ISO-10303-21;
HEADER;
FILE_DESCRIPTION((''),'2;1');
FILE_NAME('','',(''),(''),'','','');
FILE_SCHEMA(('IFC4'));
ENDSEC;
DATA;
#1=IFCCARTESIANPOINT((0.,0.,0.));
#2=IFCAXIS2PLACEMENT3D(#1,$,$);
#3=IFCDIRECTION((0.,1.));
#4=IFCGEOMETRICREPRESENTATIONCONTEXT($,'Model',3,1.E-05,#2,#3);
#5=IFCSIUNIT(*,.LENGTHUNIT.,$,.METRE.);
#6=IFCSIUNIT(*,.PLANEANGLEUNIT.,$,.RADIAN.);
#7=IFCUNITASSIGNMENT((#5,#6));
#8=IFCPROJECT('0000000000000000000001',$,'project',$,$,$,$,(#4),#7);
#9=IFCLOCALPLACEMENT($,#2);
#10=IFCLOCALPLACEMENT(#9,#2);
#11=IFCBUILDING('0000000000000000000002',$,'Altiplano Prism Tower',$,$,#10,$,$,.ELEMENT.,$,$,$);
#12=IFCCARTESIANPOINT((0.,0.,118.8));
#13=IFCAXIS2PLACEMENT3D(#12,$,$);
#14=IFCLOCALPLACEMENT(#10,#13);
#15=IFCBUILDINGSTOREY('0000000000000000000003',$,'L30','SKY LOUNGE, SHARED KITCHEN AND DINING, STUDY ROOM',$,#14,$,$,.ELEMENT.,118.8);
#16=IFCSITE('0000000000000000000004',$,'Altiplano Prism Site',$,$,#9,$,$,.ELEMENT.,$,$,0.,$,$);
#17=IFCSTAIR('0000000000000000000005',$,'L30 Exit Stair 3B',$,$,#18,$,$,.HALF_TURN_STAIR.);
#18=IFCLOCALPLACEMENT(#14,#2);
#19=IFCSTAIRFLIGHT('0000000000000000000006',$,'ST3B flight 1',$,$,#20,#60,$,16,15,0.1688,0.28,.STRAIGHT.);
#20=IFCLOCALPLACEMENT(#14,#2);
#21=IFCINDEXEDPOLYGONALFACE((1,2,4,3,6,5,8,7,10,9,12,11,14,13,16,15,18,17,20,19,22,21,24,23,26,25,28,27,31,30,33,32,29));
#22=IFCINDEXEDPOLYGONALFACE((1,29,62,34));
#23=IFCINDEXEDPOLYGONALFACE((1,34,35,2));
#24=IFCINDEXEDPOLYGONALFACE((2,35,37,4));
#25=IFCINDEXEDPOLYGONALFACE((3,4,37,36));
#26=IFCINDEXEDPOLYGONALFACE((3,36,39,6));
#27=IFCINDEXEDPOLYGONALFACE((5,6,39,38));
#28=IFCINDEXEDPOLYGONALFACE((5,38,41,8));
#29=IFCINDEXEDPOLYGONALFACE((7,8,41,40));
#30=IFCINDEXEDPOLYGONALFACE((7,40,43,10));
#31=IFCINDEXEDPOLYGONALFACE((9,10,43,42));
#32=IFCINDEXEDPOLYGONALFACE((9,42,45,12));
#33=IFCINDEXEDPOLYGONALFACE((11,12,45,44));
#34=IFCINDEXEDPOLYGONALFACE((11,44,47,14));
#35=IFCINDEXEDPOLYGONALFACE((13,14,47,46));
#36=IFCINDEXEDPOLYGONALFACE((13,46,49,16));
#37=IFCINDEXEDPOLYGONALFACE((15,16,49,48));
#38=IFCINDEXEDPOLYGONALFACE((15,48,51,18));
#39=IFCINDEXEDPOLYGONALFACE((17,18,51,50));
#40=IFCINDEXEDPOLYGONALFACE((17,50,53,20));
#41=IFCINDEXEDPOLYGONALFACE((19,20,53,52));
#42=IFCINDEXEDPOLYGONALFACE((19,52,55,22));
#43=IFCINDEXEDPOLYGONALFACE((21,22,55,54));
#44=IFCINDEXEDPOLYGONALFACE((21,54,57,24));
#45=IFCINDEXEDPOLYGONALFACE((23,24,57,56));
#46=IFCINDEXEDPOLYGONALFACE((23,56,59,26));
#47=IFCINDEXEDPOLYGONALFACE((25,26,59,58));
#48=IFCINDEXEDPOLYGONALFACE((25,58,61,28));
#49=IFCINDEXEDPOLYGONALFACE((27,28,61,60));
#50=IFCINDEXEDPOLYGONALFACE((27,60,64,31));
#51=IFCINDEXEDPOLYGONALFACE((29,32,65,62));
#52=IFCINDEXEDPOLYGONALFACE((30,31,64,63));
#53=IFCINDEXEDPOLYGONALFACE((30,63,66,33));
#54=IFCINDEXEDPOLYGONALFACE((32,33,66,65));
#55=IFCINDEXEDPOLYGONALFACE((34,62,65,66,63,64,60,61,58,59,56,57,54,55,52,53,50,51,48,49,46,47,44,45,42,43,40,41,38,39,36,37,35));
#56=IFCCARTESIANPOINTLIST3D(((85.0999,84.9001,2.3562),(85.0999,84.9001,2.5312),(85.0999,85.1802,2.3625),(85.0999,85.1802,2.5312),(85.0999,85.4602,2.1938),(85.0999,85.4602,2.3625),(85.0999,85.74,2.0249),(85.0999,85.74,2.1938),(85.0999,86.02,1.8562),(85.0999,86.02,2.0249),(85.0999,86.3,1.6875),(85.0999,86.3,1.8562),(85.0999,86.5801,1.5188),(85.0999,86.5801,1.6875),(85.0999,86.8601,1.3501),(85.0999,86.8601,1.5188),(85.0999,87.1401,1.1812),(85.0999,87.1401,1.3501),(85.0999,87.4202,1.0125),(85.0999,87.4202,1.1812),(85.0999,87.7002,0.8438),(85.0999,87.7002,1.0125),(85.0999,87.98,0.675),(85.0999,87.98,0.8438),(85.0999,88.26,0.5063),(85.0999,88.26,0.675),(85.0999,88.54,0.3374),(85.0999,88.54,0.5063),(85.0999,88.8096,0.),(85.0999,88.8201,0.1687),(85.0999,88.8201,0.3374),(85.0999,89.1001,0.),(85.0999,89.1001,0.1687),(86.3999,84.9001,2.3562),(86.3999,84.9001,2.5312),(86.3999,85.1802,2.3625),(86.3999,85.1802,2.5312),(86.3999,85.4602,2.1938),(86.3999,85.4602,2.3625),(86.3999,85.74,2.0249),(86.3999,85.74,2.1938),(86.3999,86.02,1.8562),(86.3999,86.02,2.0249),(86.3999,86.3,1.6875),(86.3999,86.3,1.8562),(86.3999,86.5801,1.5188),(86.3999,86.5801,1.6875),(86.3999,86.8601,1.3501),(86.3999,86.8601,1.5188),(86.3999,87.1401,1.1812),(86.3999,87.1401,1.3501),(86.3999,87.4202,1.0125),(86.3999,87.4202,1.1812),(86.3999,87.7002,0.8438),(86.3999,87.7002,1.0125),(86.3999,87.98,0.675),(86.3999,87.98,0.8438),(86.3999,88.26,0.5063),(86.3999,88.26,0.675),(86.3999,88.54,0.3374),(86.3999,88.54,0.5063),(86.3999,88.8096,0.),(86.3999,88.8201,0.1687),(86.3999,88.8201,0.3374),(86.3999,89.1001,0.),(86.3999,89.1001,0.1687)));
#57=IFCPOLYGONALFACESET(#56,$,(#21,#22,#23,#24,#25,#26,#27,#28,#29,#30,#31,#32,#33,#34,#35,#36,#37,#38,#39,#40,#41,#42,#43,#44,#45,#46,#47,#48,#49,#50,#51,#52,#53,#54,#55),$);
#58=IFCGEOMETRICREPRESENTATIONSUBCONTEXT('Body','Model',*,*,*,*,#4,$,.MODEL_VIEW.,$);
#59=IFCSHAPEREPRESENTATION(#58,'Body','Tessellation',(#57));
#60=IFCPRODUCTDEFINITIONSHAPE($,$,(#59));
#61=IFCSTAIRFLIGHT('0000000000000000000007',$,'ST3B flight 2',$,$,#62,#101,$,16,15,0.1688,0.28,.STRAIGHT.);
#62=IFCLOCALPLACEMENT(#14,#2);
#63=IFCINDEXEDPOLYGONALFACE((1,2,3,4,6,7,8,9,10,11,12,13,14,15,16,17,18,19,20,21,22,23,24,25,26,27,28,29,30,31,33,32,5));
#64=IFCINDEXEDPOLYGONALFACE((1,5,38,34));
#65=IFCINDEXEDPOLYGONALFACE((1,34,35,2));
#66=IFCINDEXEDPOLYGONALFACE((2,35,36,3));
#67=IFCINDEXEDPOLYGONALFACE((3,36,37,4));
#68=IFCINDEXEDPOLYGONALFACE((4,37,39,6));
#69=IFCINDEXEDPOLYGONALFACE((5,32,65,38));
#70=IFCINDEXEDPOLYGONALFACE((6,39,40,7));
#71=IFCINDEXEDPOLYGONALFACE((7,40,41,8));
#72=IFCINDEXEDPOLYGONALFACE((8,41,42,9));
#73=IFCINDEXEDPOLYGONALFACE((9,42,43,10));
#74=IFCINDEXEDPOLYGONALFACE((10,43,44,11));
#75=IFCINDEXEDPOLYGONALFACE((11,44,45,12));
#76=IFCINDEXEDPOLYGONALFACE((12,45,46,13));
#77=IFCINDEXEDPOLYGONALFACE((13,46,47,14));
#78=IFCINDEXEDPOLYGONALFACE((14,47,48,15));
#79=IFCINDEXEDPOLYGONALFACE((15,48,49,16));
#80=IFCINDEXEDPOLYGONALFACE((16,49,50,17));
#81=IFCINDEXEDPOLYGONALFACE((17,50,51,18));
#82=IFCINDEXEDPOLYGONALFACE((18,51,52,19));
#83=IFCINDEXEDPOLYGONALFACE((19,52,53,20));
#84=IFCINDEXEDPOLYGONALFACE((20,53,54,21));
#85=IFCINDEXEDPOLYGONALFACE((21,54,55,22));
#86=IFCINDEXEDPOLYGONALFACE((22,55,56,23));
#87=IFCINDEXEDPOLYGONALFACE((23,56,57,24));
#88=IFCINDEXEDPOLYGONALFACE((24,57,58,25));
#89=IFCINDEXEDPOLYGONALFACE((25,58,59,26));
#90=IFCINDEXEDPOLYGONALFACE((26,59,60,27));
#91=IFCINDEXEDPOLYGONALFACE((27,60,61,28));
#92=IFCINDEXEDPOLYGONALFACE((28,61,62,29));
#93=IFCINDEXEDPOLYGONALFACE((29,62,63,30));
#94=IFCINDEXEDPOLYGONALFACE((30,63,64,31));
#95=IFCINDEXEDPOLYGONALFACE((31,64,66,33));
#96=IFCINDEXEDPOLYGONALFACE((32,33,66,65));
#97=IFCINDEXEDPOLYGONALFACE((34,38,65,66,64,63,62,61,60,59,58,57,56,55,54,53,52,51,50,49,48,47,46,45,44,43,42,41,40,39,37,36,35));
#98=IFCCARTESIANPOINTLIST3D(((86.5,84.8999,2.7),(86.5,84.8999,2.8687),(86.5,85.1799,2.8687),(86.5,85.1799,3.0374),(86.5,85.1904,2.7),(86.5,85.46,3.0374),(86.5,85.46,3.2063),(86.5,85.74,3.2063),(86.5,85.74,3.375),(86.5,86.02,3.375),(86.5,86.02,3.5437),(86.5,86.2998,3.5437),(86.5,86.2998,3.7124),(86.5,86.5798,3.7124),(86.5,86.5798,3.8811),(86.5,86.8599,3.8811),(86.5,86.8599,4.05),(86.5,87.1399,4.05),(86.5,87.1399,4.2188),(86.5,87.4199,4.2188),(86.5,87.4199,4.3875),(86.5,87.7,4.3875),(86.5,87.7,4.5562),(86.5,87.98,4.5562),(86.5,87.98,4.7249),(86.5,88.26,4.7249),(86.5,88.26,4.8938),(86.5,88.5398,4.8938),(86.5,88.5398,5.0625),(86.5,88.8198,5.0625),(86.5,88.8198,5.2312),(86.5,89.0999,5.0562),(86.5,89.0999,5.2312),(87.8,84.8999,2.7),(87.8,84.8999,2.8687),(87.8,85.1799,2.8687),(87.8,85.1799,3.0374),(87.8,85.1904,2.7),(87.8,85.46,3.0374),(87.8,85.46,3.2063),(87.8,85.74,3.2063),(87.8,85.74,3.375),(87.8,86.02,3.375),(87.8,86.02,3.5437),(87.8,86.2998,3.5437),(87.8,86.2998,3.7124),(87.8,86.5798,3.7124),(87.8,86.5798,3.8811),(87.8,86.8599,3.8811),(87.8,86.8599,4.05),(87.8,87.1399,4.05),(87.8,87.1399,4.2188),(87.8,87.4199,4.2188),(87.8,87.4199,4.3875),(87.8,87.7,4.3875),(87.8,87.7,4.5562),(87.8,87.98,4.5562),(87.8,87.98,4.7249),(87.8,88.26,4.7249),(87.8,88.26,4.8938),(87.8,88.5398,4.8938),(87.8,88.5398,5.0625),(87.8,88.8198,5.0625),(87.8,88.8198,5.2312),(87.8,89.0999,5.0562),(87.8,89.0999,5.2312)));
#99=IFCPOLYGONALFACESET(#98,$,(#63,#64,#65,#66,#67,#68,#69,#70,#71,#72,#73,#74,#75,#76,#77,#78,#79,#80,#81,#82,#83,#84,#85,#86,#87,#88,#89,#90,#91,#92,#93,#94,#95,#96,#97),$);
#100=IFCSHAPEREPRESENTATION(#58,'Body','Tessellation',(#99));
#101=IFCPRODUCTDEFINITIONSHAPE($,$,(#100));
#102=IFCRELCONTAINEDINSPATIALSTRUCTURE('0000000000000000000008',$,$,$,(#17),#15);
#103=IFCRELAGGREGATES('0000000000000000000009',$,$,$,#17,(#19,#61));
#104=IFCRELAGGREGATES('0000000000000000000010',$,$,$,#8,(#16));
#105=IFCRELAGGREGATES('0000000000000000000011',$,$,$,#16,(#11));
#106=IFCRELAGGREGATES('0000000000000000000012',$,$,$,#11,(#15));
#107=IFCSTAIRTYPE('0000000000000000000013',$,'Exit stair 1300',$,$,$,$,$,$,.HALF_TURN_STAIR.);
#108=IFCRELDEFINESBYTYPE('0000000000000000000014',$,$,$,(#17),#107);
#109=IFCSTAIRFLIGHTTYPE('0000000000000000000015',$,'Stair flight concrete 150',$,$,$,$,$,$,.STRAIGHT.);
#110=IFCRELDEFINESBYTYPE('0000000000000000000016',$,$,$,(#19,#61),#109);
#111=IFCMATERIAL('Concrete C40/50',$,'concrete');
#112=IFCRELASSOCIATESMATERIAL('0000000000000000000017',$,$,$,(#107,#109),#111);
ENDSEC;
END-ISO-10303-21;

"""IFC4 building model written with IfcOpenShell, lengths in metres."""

from ifc_helpers import new_model, si_unit, direction, frame, origin, place, context, subcontext, project, spatial, polyline, outline, extrude, material, type_object, element, aggregate, save


model = new_model("IFC4")

# Units and contexts
model_context = context("Model", 3, precision=1e-05, world=origin(), true_north=direction((0.0, 1.0)))
body_context = subcontext(model_context, "Body", "Model", "MODEL_VIEW")
ifc_project = project(units=[si_unit("LENGTHUNIT", "METRE"), si_unit("PLANEANGLEUNIT", "RADIAN")], contexts=[model_context])

# Site, building, storey
site_placement = place(None, origin())
site = spatial("IfcSite", under=ifc_project, at=site_placement, Name="Altiplano Prism Site", CompositionType="ELEMENT", RefElevation=0.0)
building_placement = place(site_placement, origin())
building = spatial("IfcBuilding", under=site, at=building_placement, Name="Altiplano Prism Tower", CompositionType="ELEMENT")
storey_placement = place(building_placement, frame((0.0, 0.0, 118.8)))
storey = spatial("IfcBuildingStorey", under=building, at=storey_placement, Name="L30", Description="SKY LOUNGE, SHARED KITCHEN AND DINING, STUDY ROOM", CompositionType="ELEMENT", Elevation=118.8)

# Shared definitions
ifc_material_1 = material(Name="Concrete C40/50", Category="concrete")
stair_type = type_object("IfcStairType", Name="Exit stair 1300", PredefinedType="HALF_TURN_STAIR", material=ifc_material_1)
stair_flight_type = type_object("IfcStairFlightType", Name="Stair flight concrete 150", PredefinedType="STRAIGHT", material=ifc_material_1)

# Stair, stair flights
stair_1_placement = place(storey_placement, origin())
stair_1 = element("IfcStair", 1, at=stair_1_placement, inside=storey, type_object=stair_type, Name="L30 Exit Stair 3B", PredefinedType="HALF_TURN_STAIR")
stair_flight_1_placement = place(storey_placement, frame((85.75, 89.1001, 0.0), z_axis=(0.0, 0.0, 1.0), x_axis=(0.0, -1.0, 0.0)))
stair_flight_1 = element("IfcStairFlight", 2, at=stair_flight_1_placement, type_object=stair_flight_type, Name="ST3B flight 1", NumberOfRisers=16, NumberOfTreads=15, PredefinedType="STRAIGHT", RiserHeight=0.1688, TreadLength=0.28, context=body_context, shape_type="SweptSolid", body=[
    extrude(outline(polyline([(0.0, 0.0), (0.0, 0.1687), (0.28, 0.1687), (0.28, 0.3374), (0.5601, 0.3374), (0.5601, 0.5063), (0.8401, 0.5063), (0.8401, 0.675), (1.1201, 0.675), (1.1201, 0.8438), (1.3999, 0.8438), (1.3999, 1.0125), (1.6799, 1.0125), (1.6799, 1.1812), (1.96, 1.1812), (1.96, 1.3501), (2.24, 1.3501), (2.24, 1.5188), (2.52, 1.5188), (2.52, 1.6875), (2.8, 1.6875), (2.8, 1.8562), (3.0801, 1.8562), (3.0801, 2.0249), (3.3601, 2.0249), (3.3601, 2.1938), (3.6399, 2.1938), (3.6399, 2.3625), (3.9199, 2.3625), (3.9199, 2.5312), (4.2, 2.5312), (4.2, 2.7), (4.2, 2.3562), (0.2905, 0.0), (0.0, 0.0)])), frame((0.0, 0.6499, 0.0), z_axis=(0.0, -1.0, 0.0), x_axis=(1.0, 0.0, 0.0)), (0.0, 0.0, 1.0), 1.3),
])
stair_flight_2_placement = place(storey_placement, frame((87.1499, 84.8999, 2.7), z_axis=(0.0, 0.0, 1.0), x_axis=(0.0, 1.0, 0.0)))
stair_flight_2 = element("IfcStairFlight", 3, at=stair_flight_2_placement, type_object=stair_flight_type, Name="ST3B flight 2", NumberOfRisers=16, NumberOfTreads=15, PredefinedType="STRAIGHT", RiserHeight=0.1688, TreadLength=0.28, context=body_context, shape_type="SweptSolid", body=[
    extrude(outline(polyline([(0.0, 0.0), (0.0, 0.1687), (0.28, 0.1687), (0.28, 0.3374), (0.5601, 0.3374), (0.5601, 0.5063), (0.8401, 0.5063), (0.8401, 0.675), (1.1201, 0.675), (1.1201, 0.8438), (1.3999, 0.8438), (1.3999, 1.0125), (1.6799, 1.0125), (1.6799, 1.1812), (1.96, 1.1812), (1.96, 1.3501), (2.24, 1.3501), (2.24, 1.5188), (2.52, 1.5188), (2.52, 1.6875), (2.8, 1.6875), (2.8, 1.8562), (3.0801, 1.8562), (3.0801, 2.0249), (3.3601, 2.0249), (3.3601, 2.1938), (3.6399, 2.1938), (3.6399, 2.3625), (3.9199, 2.3625), (3.9199, 2.5312), (4.2, 2.5312), (4.2, 2.7), (4.2, 2.3562), (0.2905, 0.0), (0.0, 0.0)])), frame((0.0, 0.6499, 0.0), z_axis=(0.0, -1.0, 0.0), x_axis=(1.0, 0.0, 0.0)), (0.0, 0.0, 1.0), 1.3),
])
aggregate(stair_1, [stair_flight_1, stair_flight_2])

save(model, "model.ifc")
